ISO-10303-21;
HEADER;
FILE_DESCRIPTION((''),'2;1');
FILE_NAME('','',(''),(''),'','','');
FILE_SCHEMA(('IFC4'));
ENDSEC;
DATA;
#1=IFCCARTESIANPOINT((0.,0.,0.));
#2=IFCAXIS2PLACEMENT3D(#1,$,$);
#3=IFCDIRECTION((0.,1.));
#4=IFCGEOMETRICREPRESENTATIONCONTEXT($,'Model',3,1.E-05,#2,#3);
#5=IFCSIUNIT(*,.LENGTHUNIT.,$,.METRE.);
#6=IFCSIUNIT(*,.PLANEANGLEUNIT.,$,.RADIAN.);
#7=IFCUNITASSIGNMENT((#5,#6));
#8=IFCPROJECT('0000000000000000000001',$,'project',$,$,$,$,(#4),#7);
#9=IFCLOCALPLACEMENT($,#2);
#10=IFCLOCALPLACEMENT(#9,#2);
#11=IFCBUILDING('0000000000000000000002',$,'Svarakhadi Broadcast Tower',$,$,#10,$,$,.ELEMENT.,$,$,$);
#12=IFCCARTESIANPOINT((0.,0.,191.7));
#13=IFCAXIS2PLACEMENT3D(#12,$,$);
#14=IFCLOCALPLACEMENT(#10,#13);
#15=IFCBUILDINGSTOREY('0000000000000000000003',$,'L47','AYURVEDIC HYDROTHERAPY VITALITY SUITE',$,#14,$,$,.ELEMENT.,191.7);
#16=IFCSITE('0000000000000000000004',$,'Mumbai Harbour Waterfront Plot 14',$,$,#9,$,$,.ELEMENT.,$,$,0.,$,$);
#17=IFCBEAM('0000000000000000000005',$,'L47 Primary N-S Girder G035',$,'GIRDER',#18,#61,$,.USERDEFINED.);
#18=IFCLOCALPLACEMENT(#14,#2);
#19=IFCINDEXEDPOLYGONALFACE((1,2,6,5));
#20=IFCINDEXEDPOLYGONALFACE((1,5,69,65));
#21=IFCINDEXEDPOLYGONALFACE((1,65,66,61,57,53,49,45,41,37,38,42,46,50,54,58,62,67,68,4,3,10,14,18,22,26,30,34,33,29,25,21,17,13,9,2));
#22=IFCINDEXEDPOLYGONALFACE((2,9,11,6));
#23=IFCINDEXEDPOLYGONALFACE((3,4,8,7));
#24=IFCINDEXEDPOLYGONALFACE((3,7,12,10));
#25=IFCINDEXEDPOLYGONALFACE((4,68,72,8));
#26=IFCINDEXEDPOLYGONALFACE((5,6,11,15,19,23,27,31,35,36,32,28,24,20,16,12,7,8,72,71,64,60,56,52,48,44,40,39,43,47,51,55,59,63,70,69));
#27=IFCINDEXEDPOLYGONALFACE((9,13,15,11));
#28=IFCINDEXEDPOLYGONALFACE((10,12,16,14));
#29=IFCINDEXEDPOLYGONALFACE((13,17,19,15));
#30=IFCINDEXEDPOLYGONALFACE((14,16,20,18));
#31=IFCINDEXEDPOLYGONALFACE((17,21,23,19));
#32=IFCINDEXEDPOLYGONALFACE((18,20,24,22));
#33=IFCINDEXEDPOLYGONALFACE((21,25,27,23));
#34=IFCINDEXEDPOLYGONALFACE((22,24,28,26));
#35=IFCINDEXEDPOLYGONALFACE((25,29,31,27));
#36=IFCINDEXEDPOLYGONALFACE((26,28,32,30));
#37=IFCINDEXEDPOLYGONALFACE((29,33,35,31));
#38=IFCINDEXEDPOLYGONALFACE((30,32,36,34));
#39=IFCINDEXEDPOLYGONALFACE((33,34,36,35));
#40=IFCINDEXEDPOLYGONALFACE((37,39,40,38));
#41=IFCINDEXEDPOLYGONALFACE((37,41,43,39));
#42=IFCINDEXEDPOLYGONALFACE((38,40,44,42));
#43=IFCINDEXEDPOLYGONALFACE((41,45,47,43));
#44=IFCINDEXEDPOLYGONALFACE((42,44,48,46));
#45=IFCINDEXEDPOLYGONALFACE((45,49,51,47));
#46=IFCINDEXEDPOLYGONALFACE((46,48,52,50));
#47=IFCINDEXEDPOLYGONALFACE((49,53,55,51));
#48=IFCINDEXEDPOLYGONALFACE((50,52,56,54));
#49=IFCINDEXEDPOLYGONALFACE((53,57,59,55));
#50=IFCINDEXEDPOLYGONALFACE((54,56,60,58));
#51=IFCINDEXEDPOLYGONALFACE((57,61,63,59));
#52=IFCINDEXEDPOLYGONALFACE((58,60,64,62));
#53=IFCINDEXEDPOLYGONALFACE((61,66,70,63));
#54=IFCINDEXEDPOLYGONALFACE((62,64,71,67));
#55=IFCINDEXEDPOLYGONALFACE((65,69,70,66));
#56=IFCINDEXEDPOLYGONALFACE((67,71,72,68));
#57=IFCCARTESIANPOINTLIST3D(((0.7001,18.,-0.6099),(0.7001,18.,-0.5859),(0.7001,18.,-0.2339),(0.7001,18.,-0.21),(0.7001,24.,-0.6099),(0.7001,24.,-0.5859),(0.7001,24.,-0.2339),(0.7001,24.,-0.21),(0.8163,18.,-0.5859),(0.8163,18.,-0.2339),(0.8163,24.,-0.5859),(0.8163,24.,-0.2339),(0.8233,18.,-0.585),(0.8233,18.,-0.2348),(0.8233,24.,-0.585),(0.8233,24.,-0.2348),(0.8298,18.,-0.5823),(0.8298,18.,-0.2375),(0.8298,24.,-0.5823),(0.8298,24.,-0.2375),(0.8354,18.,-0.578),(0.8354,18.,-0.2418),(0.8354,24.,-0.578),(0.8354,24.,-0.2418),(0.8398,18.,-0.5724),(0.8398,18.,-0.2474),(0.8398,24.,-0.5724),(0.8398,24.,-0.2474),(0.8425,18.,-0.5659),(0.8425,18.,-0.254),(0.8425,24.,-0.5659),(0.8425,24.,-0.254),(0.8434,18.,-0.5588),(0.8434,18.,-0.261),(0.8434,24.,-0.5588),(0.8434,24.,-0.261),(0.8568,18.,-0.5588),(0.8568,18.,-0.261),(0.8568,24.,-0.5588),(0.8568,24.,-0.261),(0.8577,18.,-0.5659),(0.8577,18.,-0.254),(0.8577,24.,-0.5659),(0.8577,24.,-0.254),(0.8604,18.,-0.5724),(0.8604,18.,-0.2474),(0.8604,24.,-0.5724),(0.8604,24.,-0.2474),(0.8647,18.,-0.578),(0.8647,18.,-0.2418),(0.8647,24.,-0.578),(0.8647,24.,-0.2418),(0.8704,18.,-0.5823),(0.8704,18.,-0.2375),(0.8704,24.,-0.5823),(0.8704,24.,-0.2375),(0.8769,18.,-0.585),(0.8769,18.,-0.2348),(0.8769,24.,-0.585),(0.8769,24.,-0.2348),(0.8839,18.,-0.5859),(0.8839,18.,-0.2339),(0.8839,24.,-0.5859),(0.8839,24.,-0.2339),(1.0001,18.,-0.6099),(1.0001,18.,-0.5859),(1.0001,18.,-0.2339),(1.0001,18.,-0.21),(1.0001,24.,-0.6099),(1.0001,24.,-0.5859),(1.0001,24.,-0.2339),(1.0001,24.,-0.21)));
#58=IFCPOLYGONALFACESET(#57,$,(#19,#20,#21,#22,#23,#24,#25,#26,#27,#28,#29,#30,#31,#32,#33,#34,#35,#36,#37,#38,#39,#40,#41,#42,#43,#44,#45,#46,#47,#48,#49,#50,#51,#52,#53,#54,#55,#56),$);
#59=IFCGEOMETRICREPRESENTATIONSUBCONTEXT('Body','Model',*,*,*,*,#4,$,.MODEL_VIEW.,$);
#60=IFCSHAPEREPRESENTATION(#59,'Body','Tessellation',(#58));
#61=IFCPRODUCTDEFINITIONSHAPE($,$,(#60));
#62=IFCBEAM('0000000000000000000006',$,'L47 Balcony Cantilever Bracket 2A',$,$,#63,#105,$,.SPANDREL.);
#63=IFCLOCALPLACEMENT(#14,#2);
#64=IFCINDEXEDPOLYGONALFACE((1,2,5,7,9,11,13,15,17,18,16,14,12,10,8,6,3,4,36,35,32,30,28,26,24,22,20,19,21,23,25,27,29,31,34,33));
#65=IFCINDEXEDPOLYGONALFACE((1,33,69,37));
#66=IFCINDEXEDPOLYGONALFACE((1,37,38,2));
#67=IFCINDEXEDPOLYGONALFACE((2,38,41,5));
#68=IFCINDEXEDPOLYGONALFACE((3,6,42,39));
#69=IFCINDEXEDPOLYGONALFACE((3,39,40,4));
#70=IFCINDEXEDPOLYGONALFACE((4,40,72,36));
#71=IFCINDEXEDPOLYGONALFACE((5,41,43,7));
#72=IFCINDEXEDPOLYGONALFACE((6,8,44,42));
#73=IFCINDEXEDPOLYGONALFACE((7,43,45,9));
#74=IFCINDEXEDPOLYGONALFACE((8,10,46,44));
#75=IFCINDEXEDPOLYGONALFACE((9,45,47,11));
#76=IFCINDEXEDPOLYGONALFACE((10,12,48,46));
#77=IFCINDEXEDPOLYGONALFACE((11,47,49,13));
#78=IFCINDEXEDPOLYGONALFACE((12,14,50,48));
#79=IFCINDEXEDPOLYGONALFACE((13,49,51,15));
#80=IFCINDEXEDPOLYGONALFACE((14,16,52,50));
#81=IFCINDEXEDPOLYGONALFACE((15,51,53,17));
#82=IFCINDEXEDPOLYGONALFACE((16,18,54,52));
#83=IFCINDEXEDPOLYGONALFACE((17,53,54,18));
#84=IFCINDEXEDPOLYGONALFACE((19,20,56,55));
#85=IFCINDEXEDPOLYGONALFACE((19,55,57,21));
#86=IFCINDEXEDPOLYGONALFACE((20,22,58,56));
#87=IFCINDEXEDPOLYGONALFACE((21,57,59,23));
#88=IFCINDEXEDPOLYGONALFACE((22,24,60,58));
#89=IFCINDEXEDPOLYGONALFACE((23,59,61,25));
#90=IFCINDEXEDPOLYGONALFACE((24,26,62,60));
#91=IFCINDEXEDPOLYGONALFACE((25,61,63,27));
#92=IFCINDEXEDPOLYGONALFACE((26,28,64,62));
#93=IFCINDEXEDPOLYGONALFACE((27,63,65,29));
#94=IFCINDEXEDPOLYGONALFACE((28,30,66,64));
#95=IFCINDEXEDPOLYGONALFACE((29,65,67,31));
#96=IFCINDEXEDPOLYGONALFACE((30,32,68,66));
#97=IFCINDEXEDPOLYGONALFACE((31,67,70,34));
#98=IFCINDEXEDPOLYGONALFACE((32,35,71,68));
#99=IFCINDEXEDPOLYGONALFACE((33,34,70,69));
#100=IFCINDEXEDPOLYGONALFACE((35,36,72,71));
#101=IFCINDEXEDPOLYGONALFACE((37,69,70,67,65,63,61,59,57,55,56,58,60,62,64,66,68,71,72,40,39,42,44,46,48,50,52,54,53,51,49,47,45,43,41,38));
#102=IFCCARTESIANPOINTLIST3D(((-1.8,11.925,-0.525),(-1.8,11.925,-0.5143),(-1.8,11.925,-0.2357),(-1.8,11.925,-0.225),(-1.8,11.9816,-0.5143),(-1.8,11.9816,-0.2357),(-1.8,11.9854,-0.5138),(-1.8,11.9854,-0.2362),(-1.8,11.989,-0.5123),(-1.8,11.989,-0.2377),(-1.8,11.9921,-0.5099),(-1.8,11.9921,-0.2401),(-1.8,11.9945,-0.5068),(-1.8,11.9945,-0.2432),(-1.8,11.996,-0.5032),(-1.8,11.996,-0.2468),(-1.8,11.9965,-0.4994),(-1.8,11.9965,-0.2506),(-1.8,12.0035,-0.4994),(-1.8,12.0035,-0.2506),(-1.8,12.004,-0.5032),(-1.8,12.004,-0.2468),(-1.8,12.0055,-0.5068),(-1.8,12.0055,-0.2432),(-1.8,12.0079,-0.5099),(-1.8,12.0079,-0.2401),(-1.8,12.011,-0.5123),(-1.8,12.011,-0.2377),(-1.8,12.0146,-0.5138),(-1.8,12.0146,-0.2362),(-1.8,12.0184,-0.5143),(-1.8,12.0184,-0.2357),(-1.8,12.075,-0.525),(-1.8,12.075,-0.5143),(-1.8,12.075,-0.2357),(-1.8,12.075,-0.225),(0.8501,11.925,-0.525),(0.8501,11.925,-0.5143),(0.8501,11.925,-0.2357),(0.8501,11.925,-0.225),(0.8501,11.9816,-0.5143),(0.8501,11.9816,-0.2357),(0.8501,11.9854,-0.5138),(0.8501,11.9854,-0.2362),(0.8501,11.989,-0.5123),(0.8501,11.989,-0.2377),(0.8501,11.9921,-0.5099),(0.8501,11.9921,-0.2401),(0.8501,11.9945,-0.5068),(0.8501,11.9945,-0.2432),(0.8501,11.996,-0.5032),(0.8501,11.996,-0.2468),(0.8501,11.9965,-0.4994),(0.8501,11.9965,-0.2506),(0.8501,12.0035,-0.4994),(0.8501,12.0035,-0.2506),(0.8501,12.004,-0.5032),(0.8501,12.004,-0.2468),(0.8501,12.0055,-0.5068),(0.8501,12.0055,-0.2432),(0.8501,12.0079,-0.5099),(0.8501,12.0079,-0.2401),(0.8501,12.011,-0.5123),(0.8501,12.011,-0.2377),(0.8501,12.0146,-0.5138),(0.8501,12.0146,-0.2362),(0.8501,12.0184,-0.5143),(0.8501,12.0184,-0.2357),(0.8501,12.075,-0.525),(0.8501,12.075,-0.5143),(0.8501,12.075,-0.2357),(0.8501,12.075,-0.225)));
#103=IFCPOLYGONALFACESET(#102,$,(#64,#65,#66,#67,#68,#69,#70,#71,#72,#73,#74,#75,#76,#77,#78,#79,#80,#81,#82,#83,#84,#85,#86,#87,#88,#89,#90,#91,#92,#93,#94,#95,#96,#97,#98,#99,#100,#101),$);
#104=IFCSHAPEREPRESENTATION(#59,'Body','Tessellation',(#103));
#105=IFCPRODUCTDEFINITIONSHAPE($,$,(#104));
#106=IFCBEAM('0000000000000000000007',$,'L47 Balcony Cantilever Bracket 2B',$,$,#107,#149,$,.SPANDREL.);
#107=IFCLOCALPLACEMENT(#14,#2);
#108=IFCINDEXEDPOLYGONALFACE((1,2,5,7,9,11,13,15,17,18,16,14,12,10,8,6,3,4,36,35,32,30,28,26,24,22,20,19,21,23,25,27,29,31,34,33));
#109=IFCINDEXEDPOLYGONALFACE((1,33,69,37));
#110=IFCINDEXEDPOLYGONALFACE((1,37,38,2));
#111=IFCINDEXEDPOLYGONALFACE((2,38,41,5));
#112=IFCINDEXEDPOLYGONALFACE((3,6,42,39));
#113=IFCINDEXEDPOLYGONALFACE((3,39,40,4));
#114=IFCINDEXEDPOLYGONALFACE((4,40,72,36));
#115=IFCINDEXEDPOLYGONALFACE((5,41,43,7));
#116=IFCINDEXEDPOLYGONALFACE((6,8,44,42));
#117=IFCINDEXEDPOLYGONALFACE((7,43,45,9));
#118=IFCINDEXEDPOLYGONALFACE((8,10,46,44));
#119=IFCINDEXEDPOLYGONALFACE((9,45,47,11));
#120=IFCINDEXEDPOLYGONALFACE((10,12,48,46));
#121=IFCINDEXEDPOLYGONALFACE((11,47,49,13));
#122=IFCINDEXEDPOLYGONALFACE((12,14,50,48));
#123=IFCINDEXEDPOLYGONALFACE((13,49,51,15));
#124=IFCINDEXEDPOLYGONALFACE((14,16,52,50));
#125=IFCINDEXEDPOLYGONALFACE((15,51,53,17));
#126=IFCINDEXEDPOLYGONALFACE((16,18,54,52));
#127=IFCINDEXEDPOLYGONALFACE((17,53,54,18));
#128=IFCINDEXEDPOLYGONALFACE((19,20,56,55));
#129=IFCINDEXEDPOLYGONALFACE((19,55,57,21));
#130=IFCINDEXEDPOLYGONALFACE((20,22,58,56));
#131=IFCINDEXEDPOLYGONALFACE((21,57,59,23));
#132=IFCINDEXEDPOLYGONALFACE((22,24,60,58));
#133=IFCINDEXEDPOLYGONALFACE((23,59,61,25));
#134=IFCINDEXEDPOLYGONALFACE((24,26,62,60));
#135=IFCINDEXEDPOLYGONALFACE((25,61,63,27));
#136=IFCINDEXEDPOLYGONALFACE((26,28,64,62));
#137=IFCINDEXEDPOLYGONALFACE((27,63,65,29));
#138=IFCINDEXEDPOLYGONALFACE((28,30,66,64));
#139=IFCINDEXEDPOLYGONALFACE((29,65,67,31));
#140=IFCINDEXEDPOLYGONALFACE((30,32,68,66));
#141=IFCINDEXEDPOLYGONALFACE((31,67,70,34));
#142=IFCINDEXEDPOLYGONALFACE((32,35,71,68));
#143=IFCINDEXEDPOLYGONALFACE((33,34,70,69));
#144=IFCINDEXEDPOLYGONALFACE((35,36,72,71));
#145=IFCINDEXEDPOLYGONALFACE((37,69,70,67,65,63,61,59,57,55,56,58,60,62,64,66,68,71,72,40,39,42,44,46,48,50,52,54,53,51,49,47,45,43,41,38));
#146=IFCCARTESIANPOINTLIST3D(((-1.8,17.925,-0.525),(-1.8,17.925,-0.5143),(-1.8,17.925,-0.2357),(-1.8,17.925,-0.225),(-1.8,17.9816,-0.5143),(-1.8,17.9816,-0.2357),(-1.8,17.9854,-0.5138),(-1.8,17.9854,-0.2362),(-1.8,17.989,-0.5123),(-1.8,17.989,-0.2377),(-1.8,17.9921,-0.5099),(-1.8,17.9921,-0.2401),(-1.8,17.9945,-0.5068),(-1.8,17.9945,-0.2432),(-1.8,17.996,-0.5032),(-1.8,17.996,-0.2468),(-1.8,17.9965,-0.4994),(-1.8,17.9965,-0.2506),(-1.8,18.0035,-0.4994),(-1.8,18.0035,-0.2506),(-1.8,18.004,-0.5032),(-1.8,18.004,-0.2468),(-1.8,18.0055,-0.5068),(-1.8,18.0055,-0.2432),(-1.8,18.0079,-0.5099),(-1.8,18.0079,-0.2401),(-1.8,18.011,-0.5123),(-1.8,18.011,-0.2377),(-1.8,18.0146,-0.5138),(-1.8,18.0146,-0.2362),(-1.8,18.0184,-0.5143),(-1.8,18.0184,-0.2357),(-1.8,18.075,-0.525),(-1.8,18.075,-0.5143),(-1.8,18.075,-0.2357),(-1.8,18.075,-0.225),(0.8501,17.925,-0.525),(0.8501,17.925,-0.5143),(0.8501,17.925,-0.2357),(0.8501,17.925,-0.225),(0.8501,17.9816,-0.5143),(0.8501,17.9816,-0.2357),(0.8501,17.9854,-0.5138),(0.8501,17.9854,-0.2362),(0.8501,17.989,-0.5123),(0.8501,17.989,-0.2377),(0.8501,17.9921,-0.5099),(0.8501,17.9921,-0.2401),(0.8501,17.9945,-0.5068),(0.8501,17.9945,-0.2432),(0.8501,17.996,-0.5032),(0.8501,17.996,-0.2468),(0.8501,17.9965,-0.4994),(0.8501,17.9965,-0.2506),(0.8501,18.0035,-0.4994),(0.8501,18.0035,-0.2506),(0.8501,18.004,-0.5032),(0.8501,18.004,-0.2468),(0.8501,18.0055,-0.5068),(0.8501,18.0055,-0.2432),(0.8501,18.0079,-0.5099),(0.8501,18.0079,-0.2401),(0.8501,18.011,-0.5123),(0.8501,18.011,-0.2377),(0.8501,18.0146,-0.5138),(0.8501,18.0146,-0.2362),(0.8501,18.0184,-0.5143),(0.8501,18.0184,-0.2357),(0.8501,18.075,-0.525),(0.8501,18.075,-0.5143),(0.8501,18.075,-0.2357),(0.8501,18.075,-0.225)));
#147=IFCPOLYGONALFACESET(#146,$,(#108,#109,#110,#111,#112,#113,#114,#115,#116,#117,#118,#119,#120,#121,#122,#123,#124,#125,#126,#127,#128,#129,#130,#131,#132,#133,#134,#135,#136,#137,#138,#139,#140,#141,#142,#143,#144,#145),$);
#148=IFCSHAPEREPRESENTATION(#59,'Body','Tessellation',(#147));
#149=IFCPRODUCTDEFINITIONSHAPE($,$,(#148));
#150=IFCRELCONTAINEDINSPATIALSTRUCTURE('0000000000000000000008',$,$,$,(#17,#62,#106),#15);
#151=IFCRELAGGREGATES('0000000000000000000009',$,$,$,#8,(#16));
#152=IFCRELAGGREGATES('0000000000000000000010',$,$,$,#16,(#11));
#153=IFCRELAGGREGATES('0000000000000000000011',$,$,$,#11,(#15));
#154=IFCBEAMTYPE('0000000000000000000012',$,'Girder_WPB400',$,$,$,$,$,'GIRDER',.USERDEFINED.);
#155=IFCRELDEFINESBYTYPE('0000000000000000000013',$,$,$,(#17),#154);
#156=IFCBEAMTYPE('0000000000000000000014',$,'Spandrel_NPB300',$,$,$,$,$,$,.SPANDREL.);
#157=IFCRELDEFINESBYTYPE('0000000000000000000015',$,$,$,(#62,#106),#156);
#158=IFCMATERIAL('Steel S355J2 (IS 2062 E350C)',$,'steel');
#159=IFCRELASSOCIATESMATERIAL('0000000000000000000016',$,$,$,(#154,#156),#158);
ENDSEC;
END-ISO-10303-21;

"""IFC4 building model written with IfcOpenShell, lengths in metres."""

from ifc_helpers import new_model, si_unit, direction, frame, origin, origin_2d, place, context, subcontext, project, spatial, i_section, extrude, material, material_profile, profile_set, type_object, element, save


model = new_model("IFC4")

# Units and contexts
model_context = context("Model", 3, precision=1e-05, world=origin(), true_north=direction((0.0, 1.0)))
body_context = subcontext(model_context, "Body", "Model", "MODEL_VIEW")
ifc_project = project(units=[si_unit("LENGTHUNIT", "METRE"), si_unit("PLANEANGLEUNIT", "RADIAN")], contexts=[model_context])

# Site, building, storey
site_placement = place(None, origin())
site = spatial("IfcSite", under=ifc_project, at=site_placement, Name="Mumbai Harbour Waterfront Plot 14", CompositionType="ELEMENT", RefElevation=0.0)
building_placement = place(site_placement, origin())
building = spatial("IfcBuilding", under=site, at=building_placement, Name="Svarakhadi Broadcast Tower", CompositionType="ELEMENT")
storey_placement = place(building_placement, frame((0.0, 0.0, 191.7)))
storey = spatial("IfcBuildingStorey", under=building, at=storey_placement, Name="L47", Description="AYURVEDIC HYDROTHERAPY VITALITY SUITE", CompositionType="ELEMENT", Elevation=191.7)

# Shared definitions
ifc_material_1 = material(Name="Steel S355J2 (IS 2062 E350C)", Category="steel")

# Beams
ifc_material_profile_1 = material_profile(ifc_material_1, i_section(OverallWidth=0.3, OverallDepth=0.3999, WebThickness=0.0134, FlangeThickness=0.0239, FilletRadius=0.0271, at=origin_2d()), Name="WPB 400x300x155")
ifc_profile_set_1 = profile_set([ifc_material_profile_1], Name="Steel S355J2 (IS 2062 E350C)")
beam_type_1 = type_object("IfcBeamType", Name="Girder_WPB400", ElementType="GIRDER", PredefinedType="USERDEFINED", material=ifc_profile_set_1)
for number, where, z_axis, x_axis, name in (
    (1, (0.8501, 18.0, -0.4099), (0.0, 1.0, 0.0), (-1.0, 0.0, 0.0), "L47 Primary N-S Girder G035"),
):
    element("IfcBeam", number, at=place(storey_placement, frame(where, z_axis=z_axis, x_axis=x_axis)), inside=storey, type_object=beam_type_1, Name=name, ObjectType="GIRDER", PredefinedType="USERDEFINED", context=body_context, shape_type="SweptSolid", body=[
        extrude(i_section(OverallWidth=0.3, OverallDepth=0.3999, WebThickness=0.0134, FlangeThickness=0.0239, FilletRadius=0.0271, at=origin_2d()), origin(), (0.0, 0.0, 1.0), 6.0),
    ])
ifc_material_profile_2 = material_profile(ifc_material_1, i_section(OverallWidth=0.1499, OverallDepth=0.3, WebThickness=0.0071, FlangeThickness=0.0107, FilletRadius=0.0149, at=origin_2d()), Name="NPB 300x150x37")
ifc_profile_set_2 = profile_set([ifc_material_profile_2], Name="Steel S355J2 (IS 2062 E350C)")
beam_type_2 = type_object("IfcBeamType", Name="Spandrel_NPB300", PredefinedType="SPANDREL", material=ifc_profile_set_2)
for number, where, z_axis, x_axis, name in (
    (2, (0.8501, 12.0, -0.375), (-1.0, 0.0, 0.0), (0.0, -1.0, 0.0), "L47 Balcony Cantilever Bracket 2A"),
    (3, (0.8501, 18.0, -0.375), (-1.0, 0.0, 0.0), (0.0, -1.0, 0.0), "L47 Balcony Cantilever Bracket 2B"),
):
    element("IfcBeam", number, at=place(storey_placement, frame(where, z_axis=z_axis, x_axis=x_axis)), inside=storey, type_object=beam_type_2, Name=name, PredefinedType="SPANDREL", context=body_context, shape_type="SweptSolid", body=[
        extrude(i_section(OverallWidth=0.1499, OverallDepth=0.3, WebThickness=0.0071, FlangeThickness=0.0107, FilletRadius=0.0149, at=origin_2d()), origin(), (0.0, 0.0, 1.0), 2.6501),
    ])

save(model, "model.ifc")
